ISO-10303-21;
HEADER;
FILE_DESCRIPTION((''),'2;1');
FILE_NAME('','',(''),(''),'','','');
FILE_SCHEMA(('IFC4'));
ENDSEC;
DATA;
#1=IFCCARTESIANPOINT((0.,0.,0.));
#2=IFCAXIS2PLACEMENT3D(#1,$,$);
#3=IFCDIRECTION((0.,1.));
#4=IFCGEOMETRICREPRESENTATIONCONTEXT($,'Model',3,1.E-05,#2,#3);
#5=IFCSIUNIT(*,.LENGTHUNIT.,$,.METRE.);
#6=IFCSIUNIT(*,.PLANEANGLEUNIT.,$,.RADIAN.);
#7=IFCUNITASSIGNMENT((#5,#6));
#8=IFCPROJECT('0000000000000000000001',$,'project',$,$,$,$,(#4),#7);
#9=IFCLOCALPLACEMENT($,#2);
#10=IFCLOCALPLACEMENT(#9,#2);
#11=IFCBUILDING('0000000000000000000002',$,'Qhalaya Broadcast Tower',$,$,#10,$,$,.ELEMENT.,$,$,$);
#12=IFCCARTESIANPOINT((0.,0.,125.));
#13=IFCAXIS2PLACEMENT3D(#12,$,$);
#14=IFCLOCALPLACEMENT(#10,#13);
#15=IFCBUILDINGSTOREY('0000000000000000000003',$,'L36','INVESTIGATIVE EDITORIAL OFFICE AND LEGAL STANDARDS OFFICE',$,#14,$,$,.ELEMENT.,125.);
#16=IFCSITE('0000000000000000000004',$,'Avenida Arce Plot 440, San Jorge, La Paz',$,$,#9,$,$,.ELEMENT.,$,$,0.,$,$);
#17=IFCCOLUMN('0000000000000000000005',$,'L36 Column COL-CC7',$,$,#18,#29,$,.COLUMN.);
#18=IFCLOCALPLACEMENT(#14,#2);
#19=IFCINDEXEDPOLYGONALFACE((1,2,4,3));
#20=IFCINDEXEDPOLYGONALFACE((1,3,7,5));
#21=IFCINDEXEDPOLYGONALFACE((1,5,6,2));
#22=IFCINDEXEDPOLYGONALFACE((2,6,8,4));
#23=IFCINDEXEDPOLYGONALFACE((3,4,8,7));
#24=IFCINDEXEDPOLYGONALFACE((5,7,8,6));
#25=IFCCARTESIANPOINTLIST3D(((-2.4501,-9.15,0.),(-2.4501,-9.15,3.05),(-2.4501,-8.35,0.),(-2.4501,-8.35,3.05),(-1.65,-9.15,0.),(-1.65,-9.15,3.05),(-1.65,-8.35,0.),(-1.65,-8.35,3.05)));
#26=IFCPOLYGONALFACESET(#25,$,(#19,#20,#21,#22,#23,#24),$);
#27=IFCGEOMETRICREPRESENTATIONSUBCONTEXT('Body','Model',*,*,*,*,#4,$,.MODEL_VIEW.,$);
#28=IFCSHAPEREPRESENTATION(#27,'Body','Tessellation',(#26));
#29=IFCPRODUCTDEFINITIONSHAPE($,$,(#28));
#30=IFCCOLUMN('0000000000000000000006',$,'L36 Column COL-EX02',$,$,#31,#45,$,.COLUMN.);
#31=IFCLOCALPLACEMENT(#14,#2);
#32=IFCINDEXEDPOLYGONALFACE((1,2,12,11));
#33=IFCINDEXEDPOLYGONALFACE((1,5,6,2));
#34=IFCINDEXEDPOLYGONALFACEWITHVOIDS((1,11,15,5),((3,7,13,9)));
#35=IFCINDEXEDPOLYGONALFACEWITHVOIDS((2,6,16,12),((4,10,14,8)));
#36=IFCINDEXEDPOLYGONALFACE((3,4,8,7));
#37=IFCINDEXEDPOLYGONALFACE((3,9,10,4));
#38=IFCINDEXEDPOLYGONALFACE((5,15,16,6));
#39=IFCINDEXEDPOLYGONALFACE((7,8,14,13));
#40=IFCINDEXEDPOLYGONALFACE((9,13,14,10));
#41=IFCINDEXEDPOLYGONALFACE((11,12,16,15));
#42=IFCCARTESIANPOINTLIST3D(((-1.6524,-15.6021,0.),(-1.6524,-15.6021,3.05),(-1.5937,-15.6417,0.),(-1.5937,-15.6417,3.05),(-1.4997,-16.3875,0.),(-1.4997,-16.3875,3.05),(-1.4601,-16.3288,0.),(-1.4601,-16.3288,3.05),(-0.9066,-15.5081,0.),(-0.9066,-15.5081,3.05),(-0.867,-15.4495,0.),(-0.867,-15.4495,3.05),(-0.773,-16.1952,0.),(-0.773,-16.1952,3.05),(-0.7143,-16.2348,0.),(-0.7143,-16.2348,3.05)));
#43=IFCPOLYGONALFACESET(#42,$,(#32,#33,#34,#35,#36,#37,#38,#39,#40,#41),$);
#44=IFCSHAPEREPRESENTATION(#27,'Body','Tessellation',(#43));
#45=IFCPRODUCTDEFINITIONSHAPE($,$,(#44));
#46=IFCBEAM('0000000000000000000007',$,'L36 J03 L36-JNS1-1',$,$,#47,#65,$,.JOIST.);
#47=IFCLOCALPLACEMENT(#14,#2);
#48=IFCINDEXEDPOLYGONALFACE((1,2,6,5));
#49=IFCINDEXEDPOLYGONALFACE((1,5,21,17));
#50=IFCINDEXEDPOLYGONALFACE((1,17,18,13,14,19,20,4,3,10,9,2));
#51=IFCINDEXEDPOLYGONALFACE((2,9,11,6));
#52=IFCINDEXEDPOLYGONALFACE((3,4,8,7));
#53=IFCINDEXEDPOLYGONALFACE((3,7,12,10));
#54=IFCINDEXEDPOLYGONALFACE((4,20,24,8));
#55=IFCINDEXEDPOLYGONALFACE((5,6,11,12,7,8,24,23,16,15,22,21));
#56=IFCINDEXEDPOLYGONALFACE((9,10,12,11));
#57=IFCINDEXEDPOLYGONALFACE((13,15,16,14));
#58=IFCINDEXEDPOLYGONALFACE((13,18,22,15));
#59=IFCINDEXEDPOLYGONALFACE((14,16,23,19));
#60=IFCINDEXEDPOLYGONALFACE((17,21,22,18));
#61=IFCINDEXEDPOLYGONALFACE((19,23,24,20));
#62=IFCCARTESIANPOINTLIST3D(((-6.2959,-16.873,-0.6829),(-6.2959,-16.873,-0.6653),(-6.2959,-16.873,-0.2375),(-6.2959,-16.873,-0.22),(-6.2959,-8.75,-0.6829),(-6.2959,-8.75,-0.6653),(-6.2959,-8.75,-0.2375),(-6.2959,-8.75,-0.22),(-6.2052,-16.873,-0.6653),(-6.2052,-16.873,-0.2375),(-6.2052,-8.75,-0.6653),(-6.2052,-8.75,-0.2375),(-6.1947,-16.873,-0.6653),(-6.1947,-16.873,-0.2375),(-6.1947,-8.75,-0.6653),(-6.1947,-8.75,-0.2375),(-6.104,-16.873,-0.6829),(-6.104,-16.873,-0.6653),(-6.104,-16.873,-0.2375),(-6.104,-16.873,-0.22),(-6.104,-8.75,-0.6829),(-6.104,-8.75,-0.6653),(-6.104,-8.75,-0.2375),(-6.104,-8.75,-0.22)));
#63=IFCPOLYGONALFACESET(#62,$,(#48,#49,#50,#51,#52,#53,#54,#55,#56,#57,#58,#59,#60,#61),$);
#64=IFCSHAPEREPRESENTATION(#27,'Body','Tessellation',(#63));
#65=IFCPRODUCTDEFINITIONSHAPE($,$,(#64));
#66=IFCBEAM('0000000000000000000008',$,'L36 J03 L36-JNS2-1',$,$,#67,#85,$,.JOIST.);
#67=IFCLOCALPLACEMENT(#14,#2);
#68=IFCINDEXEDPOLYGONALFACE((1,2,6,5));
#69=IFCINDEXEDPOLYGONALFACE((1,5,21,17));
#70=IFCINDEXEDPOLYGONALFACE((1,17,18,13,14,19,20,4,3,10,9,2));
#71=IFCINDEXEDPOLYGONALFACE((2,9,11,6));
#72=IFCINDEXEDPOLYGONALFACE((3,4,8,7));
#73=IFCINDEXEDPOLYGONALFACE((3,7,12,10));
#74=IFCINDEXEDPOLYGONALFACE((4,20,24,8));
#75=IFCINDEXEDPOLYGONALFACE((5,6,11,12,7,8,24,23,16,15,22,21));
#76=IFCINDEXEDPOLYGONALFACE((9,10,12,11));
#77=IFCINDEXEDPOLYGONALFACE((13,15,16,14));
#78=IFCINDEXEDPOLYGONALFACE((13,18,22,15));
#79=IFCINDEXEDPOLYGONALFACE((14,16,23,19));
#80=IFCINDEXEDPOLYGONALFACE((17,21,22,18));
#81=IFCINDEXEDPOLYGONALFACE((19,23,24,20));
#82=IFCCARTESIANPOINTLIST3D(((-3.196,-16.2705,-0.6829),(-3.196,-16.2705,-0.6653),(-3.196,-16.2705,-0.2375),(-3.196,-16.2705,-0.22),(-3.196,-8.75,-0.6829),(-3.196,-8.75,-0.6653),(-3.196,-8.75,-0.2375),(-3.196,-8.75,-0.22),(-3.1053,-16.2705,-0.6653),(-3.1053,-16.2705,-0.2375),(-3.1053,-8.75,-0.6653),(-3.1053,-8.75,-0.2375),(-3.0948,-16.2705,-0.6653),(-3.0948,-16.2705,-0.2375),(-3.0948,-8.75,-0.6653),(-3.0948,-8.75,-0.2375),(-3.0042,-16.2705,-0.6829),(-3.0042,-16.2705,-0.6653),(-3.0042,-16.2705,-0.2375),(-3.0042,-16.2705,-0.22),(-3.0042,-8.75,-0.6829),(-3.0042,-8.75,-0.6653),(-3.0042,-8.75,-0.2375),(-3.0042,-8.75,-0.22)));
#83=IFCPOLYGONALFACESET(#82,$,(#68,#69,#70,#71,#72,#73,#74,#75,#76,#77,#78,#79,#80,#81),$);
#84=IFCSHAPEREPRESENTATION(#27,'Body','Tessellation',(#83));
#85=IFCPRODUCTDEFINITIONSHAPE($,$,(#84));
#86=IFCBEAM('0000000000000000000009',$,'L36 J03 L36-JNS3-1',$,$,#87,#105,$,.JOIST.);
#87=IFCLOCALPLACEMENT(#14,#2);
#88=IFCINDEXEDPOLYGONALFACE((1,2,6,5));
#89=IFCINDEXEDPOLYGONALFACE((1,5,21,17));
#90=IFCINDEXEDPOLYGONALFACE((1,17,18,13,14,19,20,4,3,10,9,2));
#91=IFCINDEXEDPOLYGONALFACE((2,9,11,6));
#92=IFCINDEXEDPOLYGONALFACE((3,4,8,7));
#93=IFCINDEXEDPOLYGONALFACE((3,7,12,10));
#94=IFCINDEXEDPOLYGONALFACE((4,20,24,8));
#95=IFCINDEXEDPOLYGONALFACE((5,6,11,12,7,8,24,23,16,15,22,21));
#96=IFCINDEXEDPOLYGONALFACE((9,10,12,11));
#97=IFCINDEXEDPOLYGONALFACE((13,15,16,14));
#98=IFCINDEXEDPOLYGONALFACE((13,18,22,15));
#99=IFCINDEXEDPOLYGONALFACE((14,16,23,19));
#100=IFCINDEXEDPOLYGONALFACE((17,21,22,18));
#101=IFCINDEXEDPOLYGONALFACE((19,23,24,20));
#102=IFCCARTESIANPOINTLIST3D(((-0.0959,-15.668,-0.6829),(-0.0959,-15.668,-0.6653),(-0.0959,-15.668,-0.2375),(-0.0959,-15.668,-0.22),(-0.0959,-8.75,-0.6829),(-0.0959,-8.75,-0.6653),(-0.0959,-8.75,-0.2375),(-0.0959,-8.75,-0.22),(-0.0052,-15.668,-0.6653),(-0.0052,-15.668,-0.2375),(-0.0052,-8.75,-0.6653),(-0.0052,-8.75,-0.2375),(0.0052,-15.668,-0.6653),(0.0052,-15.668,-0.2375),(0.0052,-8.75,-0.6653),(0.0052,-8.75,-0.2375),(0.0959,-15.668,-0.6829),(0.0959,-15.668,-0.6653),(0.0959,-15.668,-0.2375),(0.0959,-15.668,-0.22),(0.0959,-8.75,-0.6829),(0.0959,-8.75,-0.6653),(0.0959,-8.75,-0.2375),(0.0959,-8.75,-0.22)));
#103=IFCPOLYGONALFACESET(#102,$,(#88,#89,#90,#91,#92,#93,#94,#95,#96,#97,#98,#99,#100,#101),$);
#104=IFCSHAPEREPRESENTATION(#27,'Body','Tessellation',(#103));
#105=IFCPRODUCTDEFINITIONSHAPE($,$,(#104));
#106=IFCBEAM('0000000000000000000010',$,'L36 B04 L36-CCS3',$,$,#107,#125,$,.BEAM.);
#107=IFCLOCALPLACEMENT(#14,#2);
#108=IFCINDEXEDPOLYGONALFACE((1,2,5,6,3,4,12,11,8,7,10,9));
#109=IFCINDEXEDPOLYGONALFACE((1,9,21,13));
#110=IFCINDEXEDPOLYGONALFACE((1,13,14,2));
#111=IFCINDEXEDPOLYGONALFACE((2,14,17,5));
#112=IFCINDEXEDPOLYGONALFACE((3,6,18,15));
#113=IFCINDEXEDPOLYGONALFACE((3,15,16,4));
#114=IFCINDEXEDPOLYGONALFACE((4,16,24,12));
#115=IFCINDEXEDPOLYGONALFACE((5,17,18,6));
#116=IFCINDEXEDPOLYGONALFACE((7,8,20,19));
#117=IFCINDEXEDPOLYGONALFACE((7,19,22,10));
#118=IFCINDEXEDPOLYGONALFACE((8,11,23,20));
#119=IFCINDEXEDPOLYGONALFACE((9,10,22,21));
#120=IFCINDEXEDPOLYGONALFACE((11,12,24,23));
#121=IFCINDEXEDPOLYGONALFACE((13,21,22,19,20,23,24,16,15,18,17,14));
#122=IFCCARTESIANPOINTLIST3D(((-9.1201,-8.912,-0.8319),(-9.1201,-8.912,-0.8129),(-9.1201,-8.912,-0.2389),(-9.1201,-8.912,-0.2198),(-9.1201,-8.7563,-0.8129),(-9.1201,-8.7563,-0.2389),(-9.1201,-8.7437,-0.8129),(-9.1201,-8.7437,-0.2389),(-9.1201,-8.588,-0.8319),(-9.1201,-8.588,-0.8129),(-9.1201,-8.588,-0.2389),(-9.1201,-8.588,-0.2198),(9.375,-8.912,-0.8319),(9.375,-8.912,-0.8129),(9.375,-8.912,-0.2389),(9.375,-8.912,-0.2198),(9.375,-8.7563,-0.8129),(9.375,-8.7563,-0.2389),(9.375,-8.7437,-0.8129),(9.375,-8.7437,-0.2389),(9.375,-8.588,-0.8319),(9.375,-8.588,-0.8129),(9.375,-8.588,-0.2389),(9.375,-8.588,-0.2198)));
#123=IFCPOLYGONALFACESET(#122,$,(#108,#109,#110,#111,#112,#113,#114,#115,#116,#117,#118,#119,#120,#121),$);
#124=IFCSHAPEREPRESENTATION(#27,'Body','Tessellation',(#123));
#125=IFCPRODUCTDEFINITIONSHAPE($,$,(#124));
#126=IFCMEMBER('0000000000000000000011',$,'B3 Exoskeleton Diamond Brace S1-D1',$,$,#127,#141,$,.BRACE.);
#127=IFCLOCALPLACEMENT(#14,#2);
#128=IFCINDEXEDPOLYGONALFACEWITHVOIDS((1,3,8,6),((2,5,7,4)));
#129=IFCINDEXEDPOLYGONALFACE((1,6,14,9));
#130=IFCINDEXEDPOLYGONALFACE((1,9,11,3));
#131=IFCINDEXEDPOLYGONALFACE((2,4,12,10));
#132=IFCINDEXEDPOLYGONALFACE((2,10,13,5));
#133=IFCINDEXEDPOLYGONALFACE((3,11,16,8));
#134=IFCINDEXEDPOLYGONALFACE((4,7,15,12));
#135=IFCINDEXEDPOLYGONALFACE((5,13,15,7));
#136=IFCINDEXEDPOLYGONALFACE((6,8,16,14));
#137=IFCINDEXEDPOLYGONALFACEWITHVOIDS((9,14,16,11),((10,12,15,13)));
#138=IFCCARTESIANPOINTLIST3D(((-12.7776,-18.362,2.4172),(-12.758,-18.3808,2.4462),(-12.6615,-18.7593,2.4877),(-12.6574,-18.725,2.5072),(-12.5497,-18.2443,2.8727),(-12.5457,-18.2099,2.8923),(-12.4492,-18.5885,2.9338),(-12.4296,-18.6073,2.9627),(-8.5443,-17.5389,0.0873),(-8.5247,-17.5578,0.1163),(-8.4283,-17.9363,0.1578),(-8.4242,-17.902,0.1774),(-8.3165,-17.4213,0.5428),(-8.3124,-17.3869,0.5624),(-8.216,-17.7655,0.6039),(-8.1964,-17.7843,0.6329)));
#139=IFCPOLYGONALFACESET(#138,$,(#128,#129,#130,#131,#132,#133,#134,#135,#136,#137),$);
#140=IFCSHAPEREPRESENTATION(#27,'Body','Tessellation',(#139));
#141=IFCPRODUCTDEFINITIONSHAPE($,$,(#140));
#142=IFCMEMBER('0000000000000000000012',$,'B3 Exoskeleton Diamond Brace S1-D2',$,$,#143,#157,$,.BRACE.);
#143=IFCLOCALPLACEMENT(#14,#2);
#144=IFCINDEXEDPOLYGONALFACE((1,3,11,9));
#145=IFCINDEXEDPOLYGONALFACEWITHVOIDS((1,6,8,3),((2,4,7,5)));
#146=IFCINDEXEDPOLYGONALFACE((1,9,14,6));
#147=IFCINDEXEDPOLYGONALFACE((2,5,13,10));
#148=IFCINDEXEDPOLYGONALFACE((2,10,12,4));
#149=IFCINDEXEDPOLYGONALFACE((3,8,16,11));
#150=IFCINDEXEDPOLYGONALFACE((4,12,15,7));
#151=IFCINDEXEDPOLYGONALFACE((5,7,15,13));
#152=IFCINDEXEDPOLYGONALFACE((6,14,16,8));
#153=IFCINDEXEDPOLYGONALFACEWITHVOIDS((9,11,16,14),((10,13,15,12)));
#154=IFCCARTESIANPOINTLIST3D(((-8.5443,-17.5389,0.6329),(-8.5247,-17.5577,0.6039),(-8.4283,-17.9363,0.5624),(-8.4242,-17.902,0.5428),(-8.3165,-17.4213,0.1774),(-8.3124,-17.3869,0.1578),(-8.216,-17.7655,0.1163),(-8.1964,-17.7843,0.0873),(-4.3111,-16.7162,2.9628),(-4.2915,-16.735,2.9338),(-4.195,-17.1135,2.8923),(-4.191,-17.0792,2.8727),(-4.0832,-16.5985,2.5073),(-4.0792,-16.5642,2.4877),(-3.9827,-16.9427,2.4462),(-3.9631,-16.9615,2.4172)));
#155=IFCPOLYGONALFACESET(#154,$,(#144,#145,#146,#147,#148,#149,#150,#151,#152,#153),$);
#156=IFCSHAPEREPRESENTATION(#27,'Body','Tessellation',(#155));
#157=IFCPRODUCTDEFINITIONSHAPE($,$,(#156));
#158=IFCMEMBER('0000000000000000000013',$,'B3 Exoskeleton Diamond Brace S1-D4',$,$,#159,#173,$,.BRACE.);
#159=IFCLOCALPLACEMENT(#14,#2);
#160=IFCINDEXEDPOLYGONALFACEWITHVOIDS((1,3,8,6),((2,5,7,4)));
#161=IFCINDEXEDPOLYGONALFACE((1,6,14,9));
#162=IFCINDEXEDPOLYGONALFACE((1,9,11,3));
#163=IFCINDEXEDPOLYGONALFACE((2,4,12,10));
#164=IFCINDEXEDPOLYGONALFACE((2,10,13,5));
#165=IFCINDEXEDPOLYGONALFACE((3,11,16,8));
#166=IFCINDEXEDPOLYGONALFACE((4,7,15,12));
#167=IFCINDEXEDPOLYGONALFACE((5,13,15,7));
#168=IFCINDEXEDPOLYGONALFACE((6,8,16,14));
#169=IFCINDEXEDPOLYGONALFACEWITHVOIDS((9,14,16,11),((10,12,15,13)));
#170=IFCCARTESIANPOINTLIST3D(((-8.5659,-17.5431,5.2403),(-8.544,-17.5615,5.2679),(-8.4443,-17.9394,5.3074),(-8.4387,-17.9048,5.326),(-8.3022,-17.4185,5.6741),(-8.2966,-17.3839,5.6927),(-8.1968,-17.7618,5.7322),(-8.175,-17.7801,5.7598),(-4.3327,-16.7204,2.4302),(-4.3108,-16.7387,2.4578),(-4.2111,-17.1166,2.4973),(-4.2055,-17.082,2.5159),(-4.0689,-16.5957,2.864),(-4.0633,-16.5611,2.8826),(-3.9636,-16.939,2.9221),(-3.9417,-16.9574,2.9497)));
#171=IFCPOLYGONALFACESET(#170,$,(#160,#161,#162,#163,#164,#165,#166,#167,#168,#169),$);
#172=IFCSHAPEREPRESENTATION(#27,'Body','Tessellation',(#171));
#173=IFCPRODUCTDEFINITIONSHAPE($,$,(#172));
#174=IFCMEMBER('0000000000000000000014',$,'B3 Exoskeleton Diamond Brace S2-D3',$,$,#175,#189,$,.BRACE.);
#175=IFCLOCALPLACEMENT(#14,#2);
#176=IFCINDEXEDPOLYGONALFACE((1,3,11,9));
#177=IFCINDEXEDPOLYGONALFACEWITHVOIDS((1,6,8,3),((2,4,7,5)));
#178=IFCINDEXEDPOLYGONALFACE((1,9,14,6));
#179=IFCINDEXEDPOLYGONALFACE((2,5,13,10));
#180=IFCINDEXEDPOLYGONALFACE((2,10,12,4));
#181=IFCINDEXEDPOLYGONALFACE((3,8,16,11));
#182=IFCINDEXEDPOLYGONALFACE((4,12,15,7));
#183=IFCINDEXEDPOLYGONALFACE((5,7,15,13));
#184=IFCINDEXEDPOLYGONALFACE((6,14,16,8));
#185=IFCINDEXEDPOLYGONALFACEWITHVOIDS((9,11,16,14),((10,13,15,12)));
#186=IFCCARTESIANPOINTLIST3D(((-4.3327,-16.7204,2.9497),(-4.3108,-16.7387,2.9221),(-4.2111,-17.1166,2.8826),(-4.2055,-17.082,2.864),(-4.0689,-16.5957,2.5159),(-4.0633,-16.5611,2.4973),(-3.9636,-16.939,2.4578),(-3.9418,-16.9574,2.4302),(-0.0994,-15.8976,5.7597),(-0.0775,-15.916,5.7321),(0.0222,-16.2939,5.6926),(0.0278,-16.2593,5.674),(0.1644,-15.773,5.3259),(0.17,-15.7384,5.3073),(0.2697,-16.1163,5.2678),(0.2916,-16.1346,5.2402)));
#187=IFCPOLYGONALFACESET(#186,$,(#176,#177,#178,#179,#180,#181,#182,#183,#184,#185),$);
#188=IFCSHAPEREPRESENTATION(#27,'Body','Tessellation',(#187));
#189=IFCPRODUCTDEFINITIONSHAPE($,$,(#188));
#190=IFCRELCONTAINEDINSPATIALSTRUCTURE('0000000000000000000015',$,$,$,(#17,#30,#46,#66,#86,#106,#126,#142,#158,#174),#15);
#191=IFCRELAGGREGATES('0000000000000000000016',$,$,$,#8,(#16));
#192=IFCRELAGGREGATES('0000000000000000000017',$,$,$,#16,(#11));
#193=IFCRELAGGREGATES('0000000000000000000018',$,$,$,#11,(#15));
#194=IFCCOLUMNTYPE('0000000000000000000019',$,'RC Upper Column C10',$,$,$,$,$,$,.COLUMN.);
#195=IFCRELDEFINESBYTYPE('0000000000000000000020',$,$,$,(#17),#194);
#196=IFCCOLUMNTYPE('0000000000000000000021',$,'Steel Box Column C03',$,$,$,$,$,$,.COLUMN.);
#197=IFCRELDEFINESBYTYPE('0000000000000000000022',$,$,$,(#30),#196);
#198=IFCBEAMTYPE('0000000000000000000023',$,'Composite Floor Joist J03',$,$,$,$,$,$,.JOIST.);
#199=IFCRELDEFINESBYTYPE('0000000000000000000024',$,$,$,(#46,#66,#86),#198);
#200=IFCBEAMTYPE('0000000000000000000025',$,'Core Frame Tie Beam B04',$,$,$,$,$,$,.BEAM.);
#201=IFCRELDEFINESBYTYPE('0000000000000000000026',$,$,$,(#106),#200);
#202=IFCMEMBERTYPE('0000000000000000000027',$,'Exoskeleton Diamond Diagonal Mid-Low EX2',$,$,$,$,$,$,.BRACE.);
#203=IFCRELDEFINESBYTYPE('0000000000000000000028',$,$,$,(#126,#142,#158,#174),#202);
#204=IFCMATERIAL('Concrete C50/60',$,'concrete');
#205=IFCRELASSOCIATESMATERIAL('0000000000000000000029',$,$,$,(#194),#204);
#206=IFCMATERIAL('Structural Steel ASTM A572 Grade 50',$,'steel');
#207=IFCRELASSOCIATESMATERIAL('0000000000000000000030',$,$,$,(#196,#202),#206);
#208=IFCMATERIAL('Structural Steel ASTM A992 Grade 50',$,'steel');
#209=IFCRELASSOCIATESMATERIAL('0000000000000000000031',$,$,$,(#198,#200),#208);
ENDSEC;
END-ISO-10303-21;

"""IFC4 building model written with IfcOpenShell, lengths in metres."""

from ifc_helpers import new_model, si_unit, direction, frame, origin, origin_2d, place, context, subcontext, project, spatial, rectangle, hollow_rectangle, i_section, extrude, material, material_profile, profile_set, type_object, element, save


model = new_model("IFC4")

# Units and contexts
model_context = context("Model", 3, precision=1e-05, world=origin(), true_north=direction((0.0, 1.0)))
body_context = subcontext(model_context, "Body", "Model", "MODEL_VIEW")
ifc_project = project(units=[si_unit("LENGTHUNIT", "METRE"), si_unit("PLANEANGLEUNIT", "RADIAN")], contexts=[model_context])

# Site, building, storey
site_placement = place(None, origin())
site = spatial("IfcSite", under=ifc_project, at=site_placement, Name="Avenida Arce Plot 440, San Jorge, La Paz", CompositionType="ELEMENT", RefElevation=0.0)
building_placement = place(site_placement, origin())
building = spatial("IfcBuilding", under=site, at=building_placement, Name="Qhalaya Broadcast Tower", CompositionType="ELEMENT")
storey_placement = place(building_placement, frame((0.0, 0.0, 125.0)))
storey = spatial("IfcBuildingStorey", under=building, at=storey_placement, Name="L36", Description="INVESTIGATIVE EDITORIAL OFFICE AND LEGAL STANDARDS OFFICE", CompositionType="ELEMENT", Elevation=125.0)

# Columns
ifc_material_1 = material(Name="Concrete C50/60", Category="concrete")
ifc_material_profile_1 = material_profile(ifc_material_1, rectangle(XDim=0.8, YDim=0.8, at=origin_2d()), Name="RC-COL 800x800")
ifc_profile_set_1 = profile_set([ifc_material_profile_1], Name="Concrete C50/60")
column_type_1 = type_object("IfcColumnType", Name="RC Upper Column C10", PredefinedType="COLUMN", material=ifc_profile_set_1)
column_1_placement = place(storey_placement, frame((-2.05, -8.75, 0.0), z_axis=(0.0, 0.0, 1.0), x_axis=(1.0, 0.0, 0.0)))
element("IfcColumn", 1, at=column_1_placement, inside=storey, type_object=column_type_1, Name="L36 Column COL-CC7", PredefinedType="COLUMN", context=body_context, shape_type="SweptSolid", body=[
    extrude(rectangle(XDim=0.8, YDim=0.8, at=origin_2d()), origin(), (0.0, 0.0, 1.0), 3.05),
])
ifc_material_2 = material(Name="Structural Steel ASTM A572 Grade 50", Category="steel")
ifc_material_profile_2 = material_profile(ifc_material_2, hollow_rectangle(XDim=0.8, YDim=0.8, WallThickness=0.05, at=origin_2d()), Name="BOX 800x800x50")
ifc_profile_set_2 = profile_set([ifc_material_profile_2], Name="Structural Steel ASTM A572 Grade 50")
column_type_2 = type_object("IfcColumnType", Name="Steel Box Column C03", PredefinedType="COLUMN", material=ifc_profile_set_2)
column_2_placement = place(storey_placement, frame((-1.1833, -15.9185, 0.0), z_axis=(0.0, 0.0, 1.0), x_axis=(0.981627, 0.190809, 0.0)))
element("IfcColumn", 2, at=column_2_placement, inside=storey, type_object=column_type_2, Name="L36 Column COL-EX02", PredefinedType="COLUMN", context=body_context, shape_type="SweptSolid", body=[
    extrude(hollow_rectangle(XDim=0.8, YDim=0.8, WallThickness=0.05, at=origin_2d()), origin(), (0.0, 0.0, 1.0), 3.05),
])

# Beams
ifc_material_3 = material(Name="Structural Steel ASTM A992 Grade 50", Category="steel")
ifc_material_profile_3 = material_profile(ifc_material_3, i_section(OverallWidth=0.1919, OverallDepth=0.4629, WebThickness=0.0105, FlangeThickness=0.0176, at=origin_2d()), Name="W18X60")
ifc_profile_set_3 = profile_set([ifc_material_profile_3], Name="Structural Steel ASTM A992 Grade 50")
beam_type_1 = type_object("IfcBeamType", Name="Composite Floor Joist J03", PredefinedType="JOIST", material=ifc_profile_set_3)
beam_1_placement = place(storey_placement, frame((-6.2, -16.873, -0.4514), z_axis=(0.0, 1.0, 0.0), x_axis=(-1.0, 0.0, 0.0)))
element("IfcBeam", 3, at=beam_1_placement, inside=storey, type_object=beam_type_1, Name="L36 J03 L36-JNS1-1", PredefinedType="JOIST", context=body_context, shape_type="SweptSolid", body=[
    extrude(i_section(OverallWidth=0.1919, OverallDepth=0.4629, WebThickness=0.0105, FlangeThickness=0.0176, at=origin_2d()), origin(), (0.0, 0.0, 1.0), 8.123),
])
beam_2_placement = place(storey_placement, frame((-3.1001, -16.2705, -0.4514), z_axis=(0.0, 1.0, 0.0), x_axis=(-1.0, 0.0, 0.0)))
element("IfcBeam", 4, at=beam_2_placement, inside=storey, type_object=beam_type_1, Name="L36 J03 L36-JNS2-1", PredefinedType="JOIST", context=body_context, shape_type="SweptSolid", body=[
    extrude(i_section(OverallWidth=0.1919, OverallDepth=0.4629, WebThickness=0.0105, FlangeThickness=0.0176, at=origin_2d()), origin(), (0.0, 0.0, 1.0), 7.5205),
])
beam_3_placement = place(storey_placement, frame((0.0, -15.668, -0.4514), z_axis=(0.0, 1.0, 0.0), x_axis=(-1.0, 0.0, 0.0)))
element("IfcBeam", 5, at=beam_3_placement, inside=storey, type_object=beam_type_1, Name="L36 J03 L36-JNS3-1", PredefinedType="JOIST", context=body_context, shape_type="SweptSolid", body=[
    extrude(i_section(OverallWidth=0.1919, OverallDepth=0.4629, WebThickness=0.0105, FlangeThickness=0.0176, at=origin_2d()), origin(), (0.0, 0.0, 1.0), 6.918),
])
ifc_material_profile_4 = material_profile(ifc_material_3, i_section(OverallWidth=0.324, OverallDepth=0.6121, WebThickness=0.0127, FlangeThickness=0.019, at=origin_2d()), Name="W24X104")
ifc_profile_set_4 = profile_set([ifc_material_profile_4], Name="Structural Steel ASTM A992 Grade 50")
beam_type_2 = type_object("IfcBeamType", Name="Core Frame Tie Beam B04", PredefinedType="BEAM", material=ifc_profile_set_4)
beam_4_placement = place(storey_placement, frame((-9.1201, -8.75, -0.5259), z_axis=(1.0, 0.0, 0.0), x_axis=(0.0, 1.0, 0.0)))
element("IfcBeam", 6, at=beam_4_placement, inside=storey, type_object=beam_type_2, Name="L36 B04 L36-CCS3", PredefinedType="BEAM", context=body_context, shape_type="SweptSolid", body=[
    extrude(i_section(OverallWidth=0.324, OverallDepth=0.6121, WebThickness=0.0127, FlangeThickness=0.019, at=origin_2d()), origin(), (0.0, 0.0, 1.0), 18.4951),
])

# Members
ifc_material_profile_5 = material_profile(ifc_material_2, hollow_rectangle(XDim=0.4199, YDim=0.55, WallThickness=0.0281, at=origin_2d()), Name="BOX 420x550x28")
ifc_profile_set_5 = profile_set([ifc_material_profile_5], Name="Structural Steel ASTM A572 Grade 50")
member_type = type_object("IfcMemberType", Name="Exoskeleton Diamond Diagonal Mid-Low EX2", PredefinedType="BRACE", material=ifc_profile_set_5)
for number, where, z_axis, x_axis, name in (
    (7, (-8.3704, -17.6616, 0.3601), (-0.863638, -0.167906, 0.475327), (0.276367, -0.946276, 0.167875), "B3 Exoskeleton Diamond Brace S1-D1"),
    (8, (-8.3704, -17.6616, 0.3601), (0.863646, 0.167858, 0.475331), (-0.276315, 0.946292, 0.167875), "B3 Exoskeleton Diamond Brace S1-D2"),
):
    element("IfcMember", number, at=place(storey_placement, frame(where, z_axis=z_axis, x_axis=x_axis)), inside=storey, type_object=member_type, Name=name, PredefinedType="BRACE", context=body_context, shape_type="SweptSolid", body=[
        extrude(hollow_rectangle(XDim=0.4199, YDim=0.55, WallThickness=0.0281, at=origin_2d()), origin(), (0.0, 0.0, 1.0), 4.9016),
    ])
for number, where, z_axis, x_axis, name in (
    (9, (-4.1372, -16.8389, 2.6899), (-0.82243, -0.159847, 0.545947), (0.289542, -0.943721, 0.159864), "B3 Exoskeleton Diamond Brace S1-D4"),
    (10, (-4.1372, -16.8389, 2.6899), (0.822445, 0.159841, 0.545925), (-0.289528, 0.943725, 0.159866), "B3 Exoskeleton Diamond Brace S2-D3"),
):
    element("IfcMember", number, at=place(storey_placement, frame(where, z_axis=z_axis, x_axis=x_axis)), inside=storey, type_object=member_type, Name=name, PredefinedType="BRACE", context=body_context, shape_type="SweptSolid", body=[
        extrude(hollow_rectangle(XDim=0.4199, YDim=0.55, WallThickness=0.0281, at=origin_2d()), origin(), (0.0, 0.0, 1.0), 5.1472),
    ])

save(model, "model.ifc")
